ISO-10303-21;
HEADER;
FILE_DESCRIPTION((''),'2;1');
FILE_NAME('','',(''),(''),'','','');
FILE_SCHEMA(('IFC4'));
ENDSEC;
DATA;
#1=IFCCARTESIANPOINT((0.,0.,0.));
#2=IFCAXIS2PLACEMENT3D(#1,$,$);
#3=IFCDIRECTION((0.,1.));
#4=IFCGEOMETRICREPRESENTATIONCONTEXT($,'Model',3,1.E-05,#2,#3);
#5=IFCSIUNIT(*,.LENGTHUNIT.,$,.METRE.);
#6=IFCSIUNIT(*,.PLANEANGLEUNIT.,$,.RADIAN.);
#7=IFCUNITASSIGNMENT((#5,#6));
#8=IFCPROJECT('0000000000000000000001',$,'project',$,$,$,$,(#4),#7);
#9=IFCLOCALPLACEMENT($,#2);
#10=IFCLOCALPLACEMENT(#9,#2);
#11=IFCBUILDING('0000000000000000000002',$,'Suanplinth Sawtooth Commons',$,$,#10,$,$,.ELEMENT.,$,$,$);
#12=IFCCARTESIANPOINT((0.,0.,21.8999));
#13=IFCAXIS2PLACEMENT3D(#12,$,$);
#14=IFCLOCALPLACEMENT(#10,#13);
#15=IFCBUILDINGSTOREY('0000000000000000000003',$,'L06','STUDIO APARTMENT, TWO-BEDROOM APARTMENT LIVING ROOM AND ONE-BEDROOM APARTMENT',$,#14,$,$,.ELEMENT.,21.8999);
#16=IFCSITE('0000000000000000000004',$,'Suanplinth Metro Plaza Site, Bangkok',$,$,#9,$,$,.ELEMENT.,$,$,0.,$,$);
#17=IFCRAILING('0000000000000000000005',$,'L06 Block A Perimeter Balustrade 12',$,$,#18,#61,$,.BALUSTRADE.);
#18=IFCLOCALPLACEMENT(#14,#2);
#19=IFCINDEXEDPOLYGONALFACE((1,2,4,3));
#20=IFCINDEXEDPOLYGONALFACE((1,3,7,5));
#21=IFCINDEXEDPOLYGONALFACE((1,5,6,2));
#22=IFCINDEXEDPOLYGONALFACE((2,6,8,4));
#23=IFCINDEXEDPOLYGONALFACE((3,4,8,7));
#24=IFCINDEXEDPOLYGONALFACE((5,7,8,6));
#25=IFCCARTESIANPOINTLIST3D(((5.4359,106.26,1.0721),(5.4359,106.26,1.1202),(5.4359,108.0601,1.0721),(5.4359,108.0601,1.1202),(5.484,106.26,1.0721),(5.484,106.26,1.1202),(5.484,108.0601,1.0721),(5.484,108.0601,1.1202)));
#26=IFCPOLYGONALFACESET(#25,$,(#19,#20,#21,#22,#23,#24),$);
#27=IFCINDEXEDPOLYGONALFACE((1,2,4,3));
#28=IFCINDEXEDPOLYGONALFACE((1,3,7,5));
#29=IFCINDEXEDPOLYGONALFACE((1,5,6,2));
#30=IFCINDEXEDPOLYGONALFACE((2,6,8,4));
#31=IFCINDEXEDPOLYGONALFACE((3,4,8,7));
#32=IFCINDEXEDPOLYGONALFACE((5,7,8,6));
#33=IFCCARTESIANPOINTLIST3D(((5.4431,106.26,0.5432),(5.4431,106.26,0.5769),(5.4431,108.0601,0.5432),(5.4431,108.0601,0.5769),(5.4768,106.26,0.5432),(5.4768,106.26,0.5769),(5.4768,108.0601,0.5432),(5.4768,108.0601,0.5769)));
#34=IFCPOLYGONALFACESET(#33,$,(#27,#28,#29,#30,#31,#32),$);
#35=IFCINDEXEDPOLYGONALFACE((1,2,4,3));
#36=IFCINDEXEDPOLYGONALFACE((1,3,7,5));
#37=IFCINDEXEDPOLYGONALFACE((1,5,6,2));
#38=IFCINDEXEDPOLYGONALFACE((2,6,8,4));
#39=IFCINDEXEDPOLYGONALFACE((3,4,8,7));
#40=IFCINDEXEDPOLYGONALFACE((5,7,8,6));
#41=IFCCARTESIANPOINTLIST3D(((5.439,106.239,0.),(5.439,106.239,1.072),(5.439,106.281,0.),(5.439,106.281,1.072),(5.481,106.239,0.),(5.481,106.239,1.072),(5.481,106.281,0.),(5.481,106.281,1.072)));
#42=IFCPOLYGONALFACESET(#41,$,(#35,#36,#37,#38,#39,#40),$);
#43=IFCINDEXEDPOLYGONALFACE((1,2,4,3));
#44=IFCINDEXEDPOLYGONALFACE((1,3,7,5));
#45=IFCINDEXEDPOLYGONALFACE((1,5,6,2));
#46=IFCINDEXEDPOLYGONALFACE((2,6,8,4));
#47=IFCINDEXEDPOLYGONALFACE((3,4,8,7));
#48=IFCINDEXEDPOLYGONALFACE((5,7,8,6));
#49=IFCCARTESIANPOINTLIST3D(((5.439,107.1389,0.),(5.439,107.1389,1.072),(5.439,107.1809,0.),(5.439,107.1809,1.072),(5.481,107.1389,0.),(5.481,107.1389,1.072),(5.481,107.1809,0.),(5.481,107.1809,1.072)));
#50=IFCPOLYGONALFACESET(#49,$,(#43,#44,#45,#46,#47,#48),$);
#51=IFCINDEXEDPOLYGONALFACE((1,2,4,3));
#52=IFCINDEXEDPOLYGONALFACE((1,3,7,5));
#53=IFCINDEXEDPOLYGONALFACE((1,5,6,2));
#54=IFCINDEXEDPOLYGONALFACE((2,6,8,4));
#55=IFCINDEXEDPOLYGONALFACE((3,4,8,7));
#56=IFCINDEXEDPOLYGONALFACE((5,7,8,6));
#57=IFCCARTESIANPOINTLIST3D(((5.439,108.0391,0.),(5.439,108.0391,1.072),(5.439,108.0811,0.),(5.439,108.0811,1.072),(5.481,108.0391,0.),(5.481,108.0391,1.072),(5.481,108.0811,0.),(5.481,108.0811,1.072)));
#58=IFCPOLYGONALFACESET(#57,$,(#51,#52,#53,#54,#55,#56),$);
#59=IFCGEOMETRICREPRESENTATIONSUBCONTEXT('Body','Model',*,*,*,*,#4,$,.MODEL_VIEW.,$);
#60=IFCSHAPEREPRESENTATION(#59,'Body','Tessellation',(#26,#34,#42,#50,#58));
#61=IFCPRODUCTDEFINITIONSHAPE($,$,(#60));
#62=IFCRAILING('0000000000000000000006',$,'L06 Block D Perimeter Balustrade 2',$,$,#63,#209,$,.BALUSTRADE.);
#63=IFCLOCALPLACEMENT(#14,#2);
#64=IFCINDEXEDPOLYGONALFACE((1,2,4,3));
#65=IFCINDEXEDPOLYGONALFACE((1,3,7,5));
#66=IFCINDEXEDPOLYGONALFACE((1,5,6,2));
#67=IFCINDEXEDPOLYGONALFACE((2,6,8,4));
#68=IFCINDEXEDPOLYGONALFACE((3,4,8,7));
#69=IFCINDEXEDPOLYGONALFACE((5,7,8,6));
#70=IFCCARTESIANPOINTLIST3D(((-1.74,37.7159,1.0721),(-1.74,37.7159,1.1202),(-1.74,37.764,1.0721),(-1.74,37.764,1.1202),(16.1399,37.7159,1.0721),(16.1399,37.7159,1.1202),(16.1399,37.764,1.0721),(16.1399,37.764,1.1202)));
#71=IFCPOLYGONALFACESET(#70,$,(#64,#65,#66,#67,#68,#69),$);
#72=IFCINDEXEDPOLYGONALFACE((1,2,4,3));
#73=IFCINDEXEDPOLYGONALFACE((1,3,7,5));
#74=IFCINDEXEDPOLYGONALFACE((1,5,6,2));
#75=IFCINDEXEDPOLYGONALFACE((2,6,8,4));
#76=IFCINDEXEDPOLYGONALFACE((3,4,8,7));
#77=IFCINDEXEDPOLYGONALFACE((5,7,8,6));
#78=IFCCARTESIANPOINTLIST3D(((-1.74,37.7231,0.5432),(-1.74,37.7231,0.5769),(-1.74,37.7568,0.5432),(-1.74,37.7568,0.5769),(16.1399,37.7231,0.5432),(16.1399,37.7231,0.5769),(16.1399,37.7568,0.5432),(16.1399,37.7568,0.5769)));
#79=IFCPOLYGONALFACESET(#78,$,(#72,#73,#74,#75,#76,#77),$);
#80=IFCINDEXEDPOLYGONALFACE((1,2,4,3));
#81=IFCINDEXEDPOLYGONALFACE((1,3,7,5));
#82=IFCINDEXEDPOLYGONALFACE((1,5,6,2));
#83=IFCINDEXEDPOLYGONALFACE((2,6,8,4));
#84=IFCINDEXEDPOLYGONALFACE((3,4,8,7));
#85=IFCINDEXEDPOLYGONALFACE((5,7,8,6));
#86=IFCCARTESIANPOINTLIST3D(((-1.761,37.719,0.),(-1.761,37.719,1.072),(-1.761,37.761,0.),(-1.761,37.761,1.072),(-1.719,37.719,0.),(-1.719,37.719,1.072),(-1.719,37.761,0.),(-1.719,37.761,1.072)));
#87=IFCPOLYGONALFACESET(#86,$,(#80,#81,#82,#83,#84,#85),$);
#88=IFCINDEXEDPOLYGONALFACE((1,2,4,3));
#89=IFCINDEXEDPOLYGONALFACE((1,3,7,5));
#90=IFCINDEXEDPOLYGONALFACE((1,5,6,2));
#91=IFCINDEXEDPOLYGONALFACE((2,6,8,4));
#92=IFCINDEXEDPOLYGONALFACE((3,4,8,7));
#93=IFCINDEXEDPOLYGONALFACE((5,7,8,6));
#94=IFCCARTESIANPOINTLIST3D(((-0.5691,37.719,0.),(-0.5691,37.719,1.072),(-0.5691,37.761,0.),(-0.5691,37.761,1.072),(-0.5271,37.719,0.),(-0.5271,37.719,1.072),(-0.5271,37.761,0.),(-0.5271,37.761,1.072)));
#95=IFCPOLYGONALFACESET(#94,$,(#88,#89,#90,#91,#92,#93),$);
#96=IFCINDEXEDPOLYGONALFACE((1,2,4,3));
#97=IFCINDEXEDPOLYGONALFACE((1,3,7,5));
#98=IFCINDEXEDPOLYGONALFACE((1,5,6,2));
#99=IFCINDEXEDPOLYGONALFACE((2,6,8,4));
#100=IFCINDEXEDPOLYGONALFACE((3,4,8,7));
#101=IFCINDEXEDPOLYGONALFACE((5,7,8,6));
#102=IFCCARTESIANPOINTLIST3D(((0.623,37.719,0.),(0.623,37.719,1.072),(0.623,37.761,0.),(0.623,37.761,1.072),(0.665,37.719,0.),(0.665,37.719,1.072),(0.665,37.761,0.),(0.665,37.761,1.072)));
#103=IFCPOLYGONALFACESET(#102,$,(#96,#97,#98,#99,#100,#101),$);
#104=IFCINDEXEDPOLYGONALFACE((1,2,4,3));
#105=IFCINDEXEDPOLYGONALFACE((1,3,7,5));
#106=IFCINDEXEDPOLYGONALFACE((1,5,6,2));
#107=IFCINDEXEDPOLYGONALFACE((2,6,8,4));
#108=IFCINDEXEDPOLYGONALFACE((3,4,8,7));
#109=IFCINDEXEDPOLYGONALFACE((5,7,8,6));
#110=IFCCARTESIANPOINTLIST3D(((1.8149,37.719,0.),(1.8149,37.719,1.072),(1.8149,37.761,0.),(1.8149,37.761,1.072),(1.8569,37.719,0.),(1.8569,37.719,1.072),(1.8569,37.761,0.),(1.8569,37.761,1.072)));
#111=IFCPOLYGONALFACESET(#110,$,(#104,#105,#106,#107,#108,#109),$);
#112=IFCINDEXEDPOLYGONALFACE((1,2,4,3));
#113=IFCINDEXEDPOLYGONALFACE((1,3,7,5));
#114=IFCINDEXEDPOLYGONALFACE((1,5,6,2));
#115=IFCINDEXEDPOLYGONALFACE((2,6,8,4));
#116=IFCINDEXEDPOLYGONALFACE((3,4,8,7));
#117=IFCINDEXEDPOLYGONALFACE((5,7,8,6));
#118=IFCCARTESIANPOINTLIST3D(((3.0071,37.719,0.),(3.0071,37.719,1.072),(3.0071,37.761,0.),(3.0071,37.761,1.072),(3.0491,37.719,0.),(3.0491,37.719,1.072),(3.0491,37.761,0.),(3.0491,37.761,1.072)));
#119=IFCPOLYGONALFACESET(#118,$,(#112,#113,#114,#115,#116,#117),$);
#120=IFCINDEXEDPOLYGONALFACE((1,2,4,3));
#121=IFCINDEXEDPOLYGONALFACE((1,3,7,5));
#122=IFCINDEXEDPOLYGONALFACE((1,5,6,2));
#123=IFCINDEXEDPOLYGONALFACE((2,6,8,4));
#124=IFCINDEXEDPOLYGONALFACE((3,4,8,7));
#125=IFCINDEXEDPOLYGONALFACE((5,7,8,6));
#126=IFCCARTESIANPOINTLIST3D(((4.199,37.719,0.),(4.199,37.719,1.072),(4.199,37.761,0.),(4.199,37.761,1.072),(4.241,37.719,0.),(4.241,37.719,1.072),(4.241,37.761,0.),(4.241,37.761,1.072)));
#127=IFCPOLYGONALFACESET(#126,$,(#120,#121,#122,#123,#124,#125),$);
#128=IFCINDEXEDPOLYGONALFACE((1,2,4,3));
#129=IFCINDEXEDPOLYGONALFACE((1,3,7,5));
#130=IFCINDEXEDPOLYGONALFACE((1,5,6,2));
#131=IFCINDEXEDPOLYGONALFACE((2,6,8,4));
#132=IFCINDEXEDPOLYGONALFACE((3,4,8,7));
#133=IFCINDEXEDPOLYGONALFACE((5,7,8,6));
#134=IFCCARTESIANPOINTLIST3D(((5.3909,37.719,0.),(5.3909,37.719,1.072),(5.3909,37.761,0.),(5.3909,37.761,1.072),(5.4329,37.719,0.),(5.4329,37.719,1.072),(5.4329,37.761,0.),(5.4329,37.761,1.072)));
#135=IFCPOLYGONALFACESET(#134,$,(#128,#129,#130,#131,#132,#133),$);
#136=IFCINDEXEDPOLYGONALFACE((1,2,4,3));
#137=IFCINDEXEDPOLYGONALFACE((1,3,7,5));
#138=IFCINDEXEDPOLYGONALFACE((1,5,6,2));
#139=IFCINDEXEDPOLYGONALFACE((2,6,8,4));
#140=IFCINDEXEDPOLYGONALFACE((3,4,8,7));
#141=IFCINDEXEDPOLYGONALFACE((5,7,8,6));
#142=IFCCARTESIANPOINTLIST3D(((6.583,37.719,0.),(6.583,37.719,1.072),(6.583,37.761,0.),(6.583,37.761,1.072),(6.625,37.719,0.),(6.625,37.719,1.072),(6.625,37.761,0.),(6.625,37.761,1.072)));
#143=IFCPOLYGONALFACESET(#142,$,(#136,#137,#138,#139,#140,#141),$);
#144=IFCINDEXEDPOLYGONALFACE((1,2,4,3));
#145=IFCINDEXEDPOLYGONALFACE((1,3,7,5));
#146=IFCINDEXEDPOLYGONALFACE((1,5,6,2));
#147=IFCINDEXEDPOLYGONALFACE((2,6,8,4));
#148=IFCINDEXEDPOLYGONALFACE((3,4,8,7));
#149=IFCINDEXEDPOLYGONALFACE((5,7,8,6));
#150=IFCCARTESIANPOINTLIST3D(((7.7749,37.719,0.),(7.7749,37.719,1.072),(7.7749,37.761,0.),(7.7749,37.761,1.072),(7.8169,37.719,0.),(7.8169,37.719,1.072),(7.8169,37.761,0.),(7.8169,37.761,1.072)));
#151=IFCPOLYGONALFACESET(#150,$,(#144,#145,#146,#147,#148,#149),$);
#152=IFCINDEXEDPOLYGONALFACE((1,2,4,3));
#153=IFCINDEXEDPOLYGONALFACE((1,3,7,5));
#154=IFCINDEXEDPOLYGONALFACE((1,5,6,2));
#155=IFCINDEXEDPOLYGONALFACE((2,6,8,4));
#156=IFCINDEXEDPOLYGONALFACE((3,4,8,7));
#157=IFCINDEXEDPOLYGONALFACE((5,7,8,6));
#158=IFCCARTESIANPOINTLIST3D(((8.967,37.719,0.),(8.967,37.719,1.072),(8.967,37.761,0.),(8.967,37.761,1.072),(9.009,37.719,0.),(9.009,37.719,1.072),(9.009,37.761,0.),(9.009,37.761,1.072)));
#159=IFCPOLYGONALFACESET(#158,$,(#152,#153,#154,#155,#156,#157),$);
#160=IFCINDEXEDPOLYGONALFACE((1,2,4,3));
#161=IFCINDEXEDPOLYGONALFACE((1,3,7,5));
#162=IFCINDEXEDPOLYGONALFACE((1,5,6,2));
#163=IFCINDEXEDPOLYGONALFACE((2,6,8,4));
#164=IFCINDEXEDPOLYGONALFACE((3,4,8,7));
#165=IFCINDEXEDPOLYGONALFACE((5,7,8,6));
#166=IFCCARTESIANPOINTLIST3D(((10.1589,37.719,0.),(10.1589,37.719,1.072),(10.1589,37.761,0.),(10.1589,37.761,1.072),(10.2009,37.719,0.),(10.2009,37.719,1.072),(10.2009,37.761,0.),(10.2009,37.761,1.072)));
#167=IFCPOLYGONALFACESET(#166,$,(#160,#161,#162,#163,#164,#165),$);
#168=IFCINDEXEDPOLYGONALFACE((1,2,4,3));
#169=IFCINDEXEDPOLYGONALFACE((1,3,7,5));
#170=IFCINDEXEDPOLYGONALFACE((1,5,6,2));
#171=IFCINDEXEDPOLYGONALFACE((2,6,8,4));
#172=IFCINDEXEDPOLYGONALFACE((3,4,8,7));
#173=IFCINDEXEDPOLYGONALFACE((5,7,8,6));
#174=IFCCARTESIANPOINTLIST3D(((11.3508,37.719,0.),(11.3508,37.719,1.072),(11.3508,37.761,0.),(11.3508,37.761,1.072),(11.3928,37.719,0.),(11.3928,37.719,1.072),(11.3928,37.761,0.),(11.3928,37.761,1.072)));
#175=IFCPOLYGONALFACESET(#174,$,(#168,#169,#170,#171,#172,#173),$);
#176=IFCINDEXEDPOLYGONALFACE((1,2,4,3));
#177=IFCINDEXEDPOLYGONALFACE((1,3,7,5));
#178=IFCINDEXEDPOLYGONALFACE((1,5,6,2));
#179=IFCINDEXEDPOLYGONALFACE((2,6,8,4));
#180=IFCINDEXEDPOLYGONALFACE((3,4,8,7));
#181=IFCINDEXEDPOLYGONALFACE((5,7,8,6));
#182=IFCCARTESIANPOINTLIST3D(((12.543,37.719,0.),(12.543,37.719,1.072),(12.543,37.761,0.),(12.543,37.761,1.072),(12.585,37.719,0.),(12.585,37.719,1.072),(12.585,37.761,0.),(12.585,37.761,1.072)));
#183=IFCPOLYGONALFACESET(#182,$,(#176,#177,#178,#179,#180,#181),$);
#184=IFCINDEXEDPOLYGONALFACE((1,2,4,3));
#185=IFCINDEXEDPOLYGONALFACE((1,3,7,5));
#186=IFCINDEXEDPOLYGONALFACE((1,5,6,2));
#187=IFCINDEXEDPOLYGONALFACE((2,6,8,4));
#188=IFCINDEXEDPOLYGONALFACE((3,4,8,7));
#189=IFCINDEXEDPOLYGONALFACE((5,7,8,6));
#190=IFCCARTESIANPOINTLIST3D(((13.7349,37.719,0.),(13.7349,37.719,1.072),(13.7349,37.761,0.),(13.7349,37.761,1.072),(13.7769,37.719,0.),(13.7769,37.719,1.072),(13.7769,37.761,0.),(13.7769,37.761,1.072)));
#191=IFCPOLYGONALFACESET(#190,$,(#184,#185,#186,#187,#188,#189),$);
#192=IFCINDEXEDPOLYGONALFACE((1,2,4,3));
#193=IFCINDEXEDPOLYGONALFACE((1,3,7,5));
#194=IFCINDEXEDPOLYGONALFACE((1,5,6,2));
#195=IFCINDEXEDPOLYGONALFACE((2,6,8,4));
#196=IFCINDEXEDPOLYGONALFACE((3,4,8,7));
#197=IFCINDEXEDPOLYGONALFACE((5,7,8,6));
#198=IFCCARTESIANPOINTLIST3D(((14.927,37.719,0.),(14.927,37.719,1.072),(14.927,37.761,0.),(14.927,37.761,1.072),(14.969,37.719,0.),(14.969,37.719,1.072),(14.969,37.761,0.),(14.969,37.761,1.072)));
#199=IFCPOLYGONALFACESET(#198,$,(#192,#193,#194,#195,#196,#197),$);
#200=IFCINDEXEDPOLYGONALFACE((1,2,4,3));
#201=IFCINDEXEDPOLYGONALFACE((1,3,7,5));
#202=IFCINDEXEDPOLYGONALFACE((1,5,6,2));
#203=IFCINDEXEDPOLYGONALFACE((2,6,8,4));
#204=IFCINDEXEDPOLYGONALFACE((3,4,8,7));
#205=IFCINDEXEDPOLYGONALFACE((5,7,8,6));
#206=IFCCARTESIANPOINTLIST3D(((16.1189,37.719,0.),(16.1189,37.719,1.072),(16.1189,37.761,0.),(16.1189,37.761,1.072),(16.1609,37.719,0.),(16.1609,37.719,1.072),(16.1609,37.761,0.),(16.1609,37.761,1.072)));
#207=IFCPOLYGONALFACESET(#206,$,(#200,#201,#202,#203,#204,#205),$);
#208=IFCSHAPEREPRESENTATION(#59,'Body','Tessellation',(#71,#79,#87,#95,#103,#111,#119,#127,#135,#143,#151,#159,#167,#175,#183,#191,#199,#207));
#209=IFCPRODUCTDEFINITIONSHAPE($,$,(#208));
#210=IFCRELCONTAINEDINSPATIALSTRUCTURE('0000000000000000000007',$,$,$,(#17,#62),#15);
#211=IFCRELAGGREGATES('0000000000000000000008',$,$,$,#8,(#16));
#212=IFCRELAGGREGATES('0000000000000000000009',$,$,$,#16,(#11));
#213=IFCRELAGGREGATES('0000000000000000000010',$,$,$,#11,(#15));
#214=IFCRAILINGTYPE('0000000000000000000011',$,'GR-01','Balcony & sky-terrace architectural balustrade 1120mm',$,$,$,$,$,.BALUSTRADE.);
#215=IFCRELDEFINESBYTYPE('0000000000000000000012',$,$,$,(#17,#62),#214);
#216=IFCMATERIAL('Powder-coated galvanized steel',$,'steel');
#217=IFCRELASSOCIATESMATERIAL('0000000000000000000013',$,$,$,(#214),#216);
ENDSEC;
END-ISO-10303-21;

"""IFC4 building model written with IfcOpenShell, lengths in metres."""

from ifc_helpers import new_model, si_unit, direction, frame, origin, origin_2d, place, context, subcontext, project, spatial, rectangle, extrude, material, type_object, element, save


model = new_model("IFC4")

# Units and contexts
model_context = context("Model", 3, precision=1e-05, world=origin(), true_north=direction((0.0, 1.0)))
body_context = subcontext(model_context, "Body", "Model", "MODEL_VIEW")
ifc_project = project(units=[si_unit("LENGTHUNIT", "METRE"), si_unit("PLANEANGLEUNIT", "RADIAN")], contexts=[model_context])

# Site, building, storey
site_placement = place(None, origin())
site = spatial("IfcSite", under=ifc_project, at=site_placement, Name="Suanplinth Metro Plaza Site, Bangkok", CompositionType="ELEMENT", RefElevation=0.0)
building_placement = place(site_placement, origin())
building = spatial("IfcBuilding", under=site, at=building_placement, Name="Suanplinth Sawtooth Commons", CompositionType="ELEMENT")
storey_placement = place(building_placement, frame((0.0, 0.0, 21.8999)))
storey = spatial("IfcBuildingStorey", under=building, at=storey_placement, Name="L06", Description="STUDIO APARTMENT, TWO-BEDROOM APARTMENT LIVING ROOM AND ONE-BEDROOM APARTMENT", CompositionType="ELEMENT", Elevation=21.8999)

# Railings
ifc_material_1 = material(Name="Powder-coated galvanized steel", Category="steel")
railing_type = type_object("IfcRailingType", Name="GR-01", Description="Balcony & sky-terrace architectural balustrade 1120mm", PredefinedType="BALUSTRADE", material=ifc_material_1)
railing_1_placement = place(storey_placement, frame((5.46, 106.26, 0.0)))
element("IfcRailing", 1, at=railing_1_placement, inside=storey, type_object=railing_type, Name="L06 Block A Perimeter Balustrade 12", PredefinedType="BALUSTRADE", context=body_context, shape_type="SweptSolid", body=[
    extrude(rectangle(XDim=0.0481, YDim=0.0481, at=origin_2d()), frame((0.0, 0.0, 1.0962), z_axis=(0.0, 1.0, 0.0), x_axis=(-1.0, 0.0, 0.0)), (0.0, 0.0, 1.0), 1.8),
    extrude(rectangle(XDim=0.0337, YDim=0.0337, at=origin_2d()), frame((0.0, 0.0, 0.5601), z_axis=(0.0, 1.0, 0.0), x_axis=(-1.0, 0.0, 0.0)), (0.0, 0.0, 1.0), 1.8),
    extrude(rectangle(XDim=0.042, YDim=0.042, at=origin_2d()), origin(), (0.0, 0.0, 1.0), 1.072),
    extrude(rectangle(XDim=0.042, YDim=0.042, at=origin_2d()), frame((0.0, 0.8999, 0.0)), (0.0, 0.0, 1.0), 1.072),
    extrude(rectangle(XDim=0.042, YDim=0.042, at=origin_2d()), frame((0.0, 1.8, 0.0)), (0.0, 0.0, 1.0), 1.072),
])
railing_2_placement = place(storey_placement, frame((-1.74, 37.74, 0.0)))
element("IfcRailing", 2, at=railing_2_placement, inside=storey, type_object=railing_type, Name="L06 Block D Perimeter Balustrade 2", PredefinedType="BALUSTRADE", context=body_context, shape_type="SweptSolid", body=[
    extrude(rectangle(XDim=0.0481, YDim=0.0481, at=origin_2d()), frame((0.0, 0.0, 1.0962), z_axis=(1.0, 0.0, 0.0), x_axis=(0.0, 1.0, 0.0)), (0.0, 0.0, 1.0), 17.8799),
    extrude(rectangle(XDim=0.0337, YDim=0.0337, at=origin_2d()), frame((0.0, 0.0, 0.5601), z_axis=(1.0, 0.0, 0.0), x_axis=(0.0, 1.0, 0.0)), (0.0, 0.0, 1.0), 17.8799),
    extrude(rectangle(XDim=0.042, YDim=0.042, at=origin_2d()), origin(), (0.0, 0.0, 1.0), 1.072),
    extrude(rectangle(XDim=0.042, YDim=0.042, at=origin_2d()), frame((1.1919, 0.0, 0.0)), (0.0, 0.0, 1.0), 1.072),
    extrude(rectangle(XDim=0.042, YDim=0.042, at=origin_2d()), frame((2.384, 0.0, 0.0)), (0.0, 0.0, 1.0), 1.072),
    extrude(rectangle(XDim=0.042, YDim=0.042, at=origin_2d()), frame((3.5759, 0.0, 0.0)), (0.0, 0.0, 1.0), 1.072),
    extrude(rectangle(XDim=0.042, YDim=0.042, at=origin_2d()), frame((4.7681, 0.0, 0.0)), (0.0, 0.0, 1.0), 1.072),
    extrude(rectangle(XDim=0.042, YDim=0.042, at=origin_2d()), frame((5.96, 0.0, 0.0)), (0.0, 0.0, 1.0), 1.072),
    extrude(rectangle(XDim=0.042, YDim=0.042, at=origin_2d()), frame((7.1519, 0.0, 0.0)), (0.0, 0.0, 1.0), 1.072),
    extrude(rectangle(XDim=0.042, YDim=0.042, at=origin_2d()), frame((8.344, 0.0, 0.0)), (0.0, 0.0, 1.0), 1.072),
    extrude(rectangle(XDim=0.042, YDim=0.042, at=origin_2d()), frame((9.5359, 0.0, 0.0)), (0.0, 0.0, 1.0), 1.072),
    extrude(rectangle(XDim=0.042, YDim=0.042, at=origin_2d()), frame((10.728, 0.0, 0.0)), (0.0, 0.0, 1.0), 1.072),
    extrude(rectangle(XDim=0.042, YDim=0.042, at=origin_2d()), frame((11.9199, 0.0, 0.0)), (0.0, 0.0, 1.0), 1.072),
    extrude(rectangle(XDim=0.042, YDim=0.042, at=origin_2d()), frame((13.1118, 0.0, 0.0)), (0.0, 0.0, 1.0), 1.072),
    extrude(rectangle(XDim=0.042, YDim=0.042, at=origin_2d()), frame((14.304, 0.0, 0.0)), (0.0, 0.0, 1.0), 1.072),
    extrude(rectangle(XDim=0.042, YDim=0.042, at=origin_2d()), frame((15.4958, 0.0, 0.0)), (0.0, 0.0, 1.0), 1.072),
    extrude(rectangle(XDim=0.042, YDim=0.042, at=origin_2d()), frame((16.688, 0.0, 0.0)), (0.0, 0.0, 1.0), 1.072),
    extrude(rectangle(XDim=0.042, YDim=0.042, at=origin_2d()), frame((17.8799, 0.0, 0.0)), (0.0, 0.0, 1.0), 1.072),
])

save(model, "model.ifc")
